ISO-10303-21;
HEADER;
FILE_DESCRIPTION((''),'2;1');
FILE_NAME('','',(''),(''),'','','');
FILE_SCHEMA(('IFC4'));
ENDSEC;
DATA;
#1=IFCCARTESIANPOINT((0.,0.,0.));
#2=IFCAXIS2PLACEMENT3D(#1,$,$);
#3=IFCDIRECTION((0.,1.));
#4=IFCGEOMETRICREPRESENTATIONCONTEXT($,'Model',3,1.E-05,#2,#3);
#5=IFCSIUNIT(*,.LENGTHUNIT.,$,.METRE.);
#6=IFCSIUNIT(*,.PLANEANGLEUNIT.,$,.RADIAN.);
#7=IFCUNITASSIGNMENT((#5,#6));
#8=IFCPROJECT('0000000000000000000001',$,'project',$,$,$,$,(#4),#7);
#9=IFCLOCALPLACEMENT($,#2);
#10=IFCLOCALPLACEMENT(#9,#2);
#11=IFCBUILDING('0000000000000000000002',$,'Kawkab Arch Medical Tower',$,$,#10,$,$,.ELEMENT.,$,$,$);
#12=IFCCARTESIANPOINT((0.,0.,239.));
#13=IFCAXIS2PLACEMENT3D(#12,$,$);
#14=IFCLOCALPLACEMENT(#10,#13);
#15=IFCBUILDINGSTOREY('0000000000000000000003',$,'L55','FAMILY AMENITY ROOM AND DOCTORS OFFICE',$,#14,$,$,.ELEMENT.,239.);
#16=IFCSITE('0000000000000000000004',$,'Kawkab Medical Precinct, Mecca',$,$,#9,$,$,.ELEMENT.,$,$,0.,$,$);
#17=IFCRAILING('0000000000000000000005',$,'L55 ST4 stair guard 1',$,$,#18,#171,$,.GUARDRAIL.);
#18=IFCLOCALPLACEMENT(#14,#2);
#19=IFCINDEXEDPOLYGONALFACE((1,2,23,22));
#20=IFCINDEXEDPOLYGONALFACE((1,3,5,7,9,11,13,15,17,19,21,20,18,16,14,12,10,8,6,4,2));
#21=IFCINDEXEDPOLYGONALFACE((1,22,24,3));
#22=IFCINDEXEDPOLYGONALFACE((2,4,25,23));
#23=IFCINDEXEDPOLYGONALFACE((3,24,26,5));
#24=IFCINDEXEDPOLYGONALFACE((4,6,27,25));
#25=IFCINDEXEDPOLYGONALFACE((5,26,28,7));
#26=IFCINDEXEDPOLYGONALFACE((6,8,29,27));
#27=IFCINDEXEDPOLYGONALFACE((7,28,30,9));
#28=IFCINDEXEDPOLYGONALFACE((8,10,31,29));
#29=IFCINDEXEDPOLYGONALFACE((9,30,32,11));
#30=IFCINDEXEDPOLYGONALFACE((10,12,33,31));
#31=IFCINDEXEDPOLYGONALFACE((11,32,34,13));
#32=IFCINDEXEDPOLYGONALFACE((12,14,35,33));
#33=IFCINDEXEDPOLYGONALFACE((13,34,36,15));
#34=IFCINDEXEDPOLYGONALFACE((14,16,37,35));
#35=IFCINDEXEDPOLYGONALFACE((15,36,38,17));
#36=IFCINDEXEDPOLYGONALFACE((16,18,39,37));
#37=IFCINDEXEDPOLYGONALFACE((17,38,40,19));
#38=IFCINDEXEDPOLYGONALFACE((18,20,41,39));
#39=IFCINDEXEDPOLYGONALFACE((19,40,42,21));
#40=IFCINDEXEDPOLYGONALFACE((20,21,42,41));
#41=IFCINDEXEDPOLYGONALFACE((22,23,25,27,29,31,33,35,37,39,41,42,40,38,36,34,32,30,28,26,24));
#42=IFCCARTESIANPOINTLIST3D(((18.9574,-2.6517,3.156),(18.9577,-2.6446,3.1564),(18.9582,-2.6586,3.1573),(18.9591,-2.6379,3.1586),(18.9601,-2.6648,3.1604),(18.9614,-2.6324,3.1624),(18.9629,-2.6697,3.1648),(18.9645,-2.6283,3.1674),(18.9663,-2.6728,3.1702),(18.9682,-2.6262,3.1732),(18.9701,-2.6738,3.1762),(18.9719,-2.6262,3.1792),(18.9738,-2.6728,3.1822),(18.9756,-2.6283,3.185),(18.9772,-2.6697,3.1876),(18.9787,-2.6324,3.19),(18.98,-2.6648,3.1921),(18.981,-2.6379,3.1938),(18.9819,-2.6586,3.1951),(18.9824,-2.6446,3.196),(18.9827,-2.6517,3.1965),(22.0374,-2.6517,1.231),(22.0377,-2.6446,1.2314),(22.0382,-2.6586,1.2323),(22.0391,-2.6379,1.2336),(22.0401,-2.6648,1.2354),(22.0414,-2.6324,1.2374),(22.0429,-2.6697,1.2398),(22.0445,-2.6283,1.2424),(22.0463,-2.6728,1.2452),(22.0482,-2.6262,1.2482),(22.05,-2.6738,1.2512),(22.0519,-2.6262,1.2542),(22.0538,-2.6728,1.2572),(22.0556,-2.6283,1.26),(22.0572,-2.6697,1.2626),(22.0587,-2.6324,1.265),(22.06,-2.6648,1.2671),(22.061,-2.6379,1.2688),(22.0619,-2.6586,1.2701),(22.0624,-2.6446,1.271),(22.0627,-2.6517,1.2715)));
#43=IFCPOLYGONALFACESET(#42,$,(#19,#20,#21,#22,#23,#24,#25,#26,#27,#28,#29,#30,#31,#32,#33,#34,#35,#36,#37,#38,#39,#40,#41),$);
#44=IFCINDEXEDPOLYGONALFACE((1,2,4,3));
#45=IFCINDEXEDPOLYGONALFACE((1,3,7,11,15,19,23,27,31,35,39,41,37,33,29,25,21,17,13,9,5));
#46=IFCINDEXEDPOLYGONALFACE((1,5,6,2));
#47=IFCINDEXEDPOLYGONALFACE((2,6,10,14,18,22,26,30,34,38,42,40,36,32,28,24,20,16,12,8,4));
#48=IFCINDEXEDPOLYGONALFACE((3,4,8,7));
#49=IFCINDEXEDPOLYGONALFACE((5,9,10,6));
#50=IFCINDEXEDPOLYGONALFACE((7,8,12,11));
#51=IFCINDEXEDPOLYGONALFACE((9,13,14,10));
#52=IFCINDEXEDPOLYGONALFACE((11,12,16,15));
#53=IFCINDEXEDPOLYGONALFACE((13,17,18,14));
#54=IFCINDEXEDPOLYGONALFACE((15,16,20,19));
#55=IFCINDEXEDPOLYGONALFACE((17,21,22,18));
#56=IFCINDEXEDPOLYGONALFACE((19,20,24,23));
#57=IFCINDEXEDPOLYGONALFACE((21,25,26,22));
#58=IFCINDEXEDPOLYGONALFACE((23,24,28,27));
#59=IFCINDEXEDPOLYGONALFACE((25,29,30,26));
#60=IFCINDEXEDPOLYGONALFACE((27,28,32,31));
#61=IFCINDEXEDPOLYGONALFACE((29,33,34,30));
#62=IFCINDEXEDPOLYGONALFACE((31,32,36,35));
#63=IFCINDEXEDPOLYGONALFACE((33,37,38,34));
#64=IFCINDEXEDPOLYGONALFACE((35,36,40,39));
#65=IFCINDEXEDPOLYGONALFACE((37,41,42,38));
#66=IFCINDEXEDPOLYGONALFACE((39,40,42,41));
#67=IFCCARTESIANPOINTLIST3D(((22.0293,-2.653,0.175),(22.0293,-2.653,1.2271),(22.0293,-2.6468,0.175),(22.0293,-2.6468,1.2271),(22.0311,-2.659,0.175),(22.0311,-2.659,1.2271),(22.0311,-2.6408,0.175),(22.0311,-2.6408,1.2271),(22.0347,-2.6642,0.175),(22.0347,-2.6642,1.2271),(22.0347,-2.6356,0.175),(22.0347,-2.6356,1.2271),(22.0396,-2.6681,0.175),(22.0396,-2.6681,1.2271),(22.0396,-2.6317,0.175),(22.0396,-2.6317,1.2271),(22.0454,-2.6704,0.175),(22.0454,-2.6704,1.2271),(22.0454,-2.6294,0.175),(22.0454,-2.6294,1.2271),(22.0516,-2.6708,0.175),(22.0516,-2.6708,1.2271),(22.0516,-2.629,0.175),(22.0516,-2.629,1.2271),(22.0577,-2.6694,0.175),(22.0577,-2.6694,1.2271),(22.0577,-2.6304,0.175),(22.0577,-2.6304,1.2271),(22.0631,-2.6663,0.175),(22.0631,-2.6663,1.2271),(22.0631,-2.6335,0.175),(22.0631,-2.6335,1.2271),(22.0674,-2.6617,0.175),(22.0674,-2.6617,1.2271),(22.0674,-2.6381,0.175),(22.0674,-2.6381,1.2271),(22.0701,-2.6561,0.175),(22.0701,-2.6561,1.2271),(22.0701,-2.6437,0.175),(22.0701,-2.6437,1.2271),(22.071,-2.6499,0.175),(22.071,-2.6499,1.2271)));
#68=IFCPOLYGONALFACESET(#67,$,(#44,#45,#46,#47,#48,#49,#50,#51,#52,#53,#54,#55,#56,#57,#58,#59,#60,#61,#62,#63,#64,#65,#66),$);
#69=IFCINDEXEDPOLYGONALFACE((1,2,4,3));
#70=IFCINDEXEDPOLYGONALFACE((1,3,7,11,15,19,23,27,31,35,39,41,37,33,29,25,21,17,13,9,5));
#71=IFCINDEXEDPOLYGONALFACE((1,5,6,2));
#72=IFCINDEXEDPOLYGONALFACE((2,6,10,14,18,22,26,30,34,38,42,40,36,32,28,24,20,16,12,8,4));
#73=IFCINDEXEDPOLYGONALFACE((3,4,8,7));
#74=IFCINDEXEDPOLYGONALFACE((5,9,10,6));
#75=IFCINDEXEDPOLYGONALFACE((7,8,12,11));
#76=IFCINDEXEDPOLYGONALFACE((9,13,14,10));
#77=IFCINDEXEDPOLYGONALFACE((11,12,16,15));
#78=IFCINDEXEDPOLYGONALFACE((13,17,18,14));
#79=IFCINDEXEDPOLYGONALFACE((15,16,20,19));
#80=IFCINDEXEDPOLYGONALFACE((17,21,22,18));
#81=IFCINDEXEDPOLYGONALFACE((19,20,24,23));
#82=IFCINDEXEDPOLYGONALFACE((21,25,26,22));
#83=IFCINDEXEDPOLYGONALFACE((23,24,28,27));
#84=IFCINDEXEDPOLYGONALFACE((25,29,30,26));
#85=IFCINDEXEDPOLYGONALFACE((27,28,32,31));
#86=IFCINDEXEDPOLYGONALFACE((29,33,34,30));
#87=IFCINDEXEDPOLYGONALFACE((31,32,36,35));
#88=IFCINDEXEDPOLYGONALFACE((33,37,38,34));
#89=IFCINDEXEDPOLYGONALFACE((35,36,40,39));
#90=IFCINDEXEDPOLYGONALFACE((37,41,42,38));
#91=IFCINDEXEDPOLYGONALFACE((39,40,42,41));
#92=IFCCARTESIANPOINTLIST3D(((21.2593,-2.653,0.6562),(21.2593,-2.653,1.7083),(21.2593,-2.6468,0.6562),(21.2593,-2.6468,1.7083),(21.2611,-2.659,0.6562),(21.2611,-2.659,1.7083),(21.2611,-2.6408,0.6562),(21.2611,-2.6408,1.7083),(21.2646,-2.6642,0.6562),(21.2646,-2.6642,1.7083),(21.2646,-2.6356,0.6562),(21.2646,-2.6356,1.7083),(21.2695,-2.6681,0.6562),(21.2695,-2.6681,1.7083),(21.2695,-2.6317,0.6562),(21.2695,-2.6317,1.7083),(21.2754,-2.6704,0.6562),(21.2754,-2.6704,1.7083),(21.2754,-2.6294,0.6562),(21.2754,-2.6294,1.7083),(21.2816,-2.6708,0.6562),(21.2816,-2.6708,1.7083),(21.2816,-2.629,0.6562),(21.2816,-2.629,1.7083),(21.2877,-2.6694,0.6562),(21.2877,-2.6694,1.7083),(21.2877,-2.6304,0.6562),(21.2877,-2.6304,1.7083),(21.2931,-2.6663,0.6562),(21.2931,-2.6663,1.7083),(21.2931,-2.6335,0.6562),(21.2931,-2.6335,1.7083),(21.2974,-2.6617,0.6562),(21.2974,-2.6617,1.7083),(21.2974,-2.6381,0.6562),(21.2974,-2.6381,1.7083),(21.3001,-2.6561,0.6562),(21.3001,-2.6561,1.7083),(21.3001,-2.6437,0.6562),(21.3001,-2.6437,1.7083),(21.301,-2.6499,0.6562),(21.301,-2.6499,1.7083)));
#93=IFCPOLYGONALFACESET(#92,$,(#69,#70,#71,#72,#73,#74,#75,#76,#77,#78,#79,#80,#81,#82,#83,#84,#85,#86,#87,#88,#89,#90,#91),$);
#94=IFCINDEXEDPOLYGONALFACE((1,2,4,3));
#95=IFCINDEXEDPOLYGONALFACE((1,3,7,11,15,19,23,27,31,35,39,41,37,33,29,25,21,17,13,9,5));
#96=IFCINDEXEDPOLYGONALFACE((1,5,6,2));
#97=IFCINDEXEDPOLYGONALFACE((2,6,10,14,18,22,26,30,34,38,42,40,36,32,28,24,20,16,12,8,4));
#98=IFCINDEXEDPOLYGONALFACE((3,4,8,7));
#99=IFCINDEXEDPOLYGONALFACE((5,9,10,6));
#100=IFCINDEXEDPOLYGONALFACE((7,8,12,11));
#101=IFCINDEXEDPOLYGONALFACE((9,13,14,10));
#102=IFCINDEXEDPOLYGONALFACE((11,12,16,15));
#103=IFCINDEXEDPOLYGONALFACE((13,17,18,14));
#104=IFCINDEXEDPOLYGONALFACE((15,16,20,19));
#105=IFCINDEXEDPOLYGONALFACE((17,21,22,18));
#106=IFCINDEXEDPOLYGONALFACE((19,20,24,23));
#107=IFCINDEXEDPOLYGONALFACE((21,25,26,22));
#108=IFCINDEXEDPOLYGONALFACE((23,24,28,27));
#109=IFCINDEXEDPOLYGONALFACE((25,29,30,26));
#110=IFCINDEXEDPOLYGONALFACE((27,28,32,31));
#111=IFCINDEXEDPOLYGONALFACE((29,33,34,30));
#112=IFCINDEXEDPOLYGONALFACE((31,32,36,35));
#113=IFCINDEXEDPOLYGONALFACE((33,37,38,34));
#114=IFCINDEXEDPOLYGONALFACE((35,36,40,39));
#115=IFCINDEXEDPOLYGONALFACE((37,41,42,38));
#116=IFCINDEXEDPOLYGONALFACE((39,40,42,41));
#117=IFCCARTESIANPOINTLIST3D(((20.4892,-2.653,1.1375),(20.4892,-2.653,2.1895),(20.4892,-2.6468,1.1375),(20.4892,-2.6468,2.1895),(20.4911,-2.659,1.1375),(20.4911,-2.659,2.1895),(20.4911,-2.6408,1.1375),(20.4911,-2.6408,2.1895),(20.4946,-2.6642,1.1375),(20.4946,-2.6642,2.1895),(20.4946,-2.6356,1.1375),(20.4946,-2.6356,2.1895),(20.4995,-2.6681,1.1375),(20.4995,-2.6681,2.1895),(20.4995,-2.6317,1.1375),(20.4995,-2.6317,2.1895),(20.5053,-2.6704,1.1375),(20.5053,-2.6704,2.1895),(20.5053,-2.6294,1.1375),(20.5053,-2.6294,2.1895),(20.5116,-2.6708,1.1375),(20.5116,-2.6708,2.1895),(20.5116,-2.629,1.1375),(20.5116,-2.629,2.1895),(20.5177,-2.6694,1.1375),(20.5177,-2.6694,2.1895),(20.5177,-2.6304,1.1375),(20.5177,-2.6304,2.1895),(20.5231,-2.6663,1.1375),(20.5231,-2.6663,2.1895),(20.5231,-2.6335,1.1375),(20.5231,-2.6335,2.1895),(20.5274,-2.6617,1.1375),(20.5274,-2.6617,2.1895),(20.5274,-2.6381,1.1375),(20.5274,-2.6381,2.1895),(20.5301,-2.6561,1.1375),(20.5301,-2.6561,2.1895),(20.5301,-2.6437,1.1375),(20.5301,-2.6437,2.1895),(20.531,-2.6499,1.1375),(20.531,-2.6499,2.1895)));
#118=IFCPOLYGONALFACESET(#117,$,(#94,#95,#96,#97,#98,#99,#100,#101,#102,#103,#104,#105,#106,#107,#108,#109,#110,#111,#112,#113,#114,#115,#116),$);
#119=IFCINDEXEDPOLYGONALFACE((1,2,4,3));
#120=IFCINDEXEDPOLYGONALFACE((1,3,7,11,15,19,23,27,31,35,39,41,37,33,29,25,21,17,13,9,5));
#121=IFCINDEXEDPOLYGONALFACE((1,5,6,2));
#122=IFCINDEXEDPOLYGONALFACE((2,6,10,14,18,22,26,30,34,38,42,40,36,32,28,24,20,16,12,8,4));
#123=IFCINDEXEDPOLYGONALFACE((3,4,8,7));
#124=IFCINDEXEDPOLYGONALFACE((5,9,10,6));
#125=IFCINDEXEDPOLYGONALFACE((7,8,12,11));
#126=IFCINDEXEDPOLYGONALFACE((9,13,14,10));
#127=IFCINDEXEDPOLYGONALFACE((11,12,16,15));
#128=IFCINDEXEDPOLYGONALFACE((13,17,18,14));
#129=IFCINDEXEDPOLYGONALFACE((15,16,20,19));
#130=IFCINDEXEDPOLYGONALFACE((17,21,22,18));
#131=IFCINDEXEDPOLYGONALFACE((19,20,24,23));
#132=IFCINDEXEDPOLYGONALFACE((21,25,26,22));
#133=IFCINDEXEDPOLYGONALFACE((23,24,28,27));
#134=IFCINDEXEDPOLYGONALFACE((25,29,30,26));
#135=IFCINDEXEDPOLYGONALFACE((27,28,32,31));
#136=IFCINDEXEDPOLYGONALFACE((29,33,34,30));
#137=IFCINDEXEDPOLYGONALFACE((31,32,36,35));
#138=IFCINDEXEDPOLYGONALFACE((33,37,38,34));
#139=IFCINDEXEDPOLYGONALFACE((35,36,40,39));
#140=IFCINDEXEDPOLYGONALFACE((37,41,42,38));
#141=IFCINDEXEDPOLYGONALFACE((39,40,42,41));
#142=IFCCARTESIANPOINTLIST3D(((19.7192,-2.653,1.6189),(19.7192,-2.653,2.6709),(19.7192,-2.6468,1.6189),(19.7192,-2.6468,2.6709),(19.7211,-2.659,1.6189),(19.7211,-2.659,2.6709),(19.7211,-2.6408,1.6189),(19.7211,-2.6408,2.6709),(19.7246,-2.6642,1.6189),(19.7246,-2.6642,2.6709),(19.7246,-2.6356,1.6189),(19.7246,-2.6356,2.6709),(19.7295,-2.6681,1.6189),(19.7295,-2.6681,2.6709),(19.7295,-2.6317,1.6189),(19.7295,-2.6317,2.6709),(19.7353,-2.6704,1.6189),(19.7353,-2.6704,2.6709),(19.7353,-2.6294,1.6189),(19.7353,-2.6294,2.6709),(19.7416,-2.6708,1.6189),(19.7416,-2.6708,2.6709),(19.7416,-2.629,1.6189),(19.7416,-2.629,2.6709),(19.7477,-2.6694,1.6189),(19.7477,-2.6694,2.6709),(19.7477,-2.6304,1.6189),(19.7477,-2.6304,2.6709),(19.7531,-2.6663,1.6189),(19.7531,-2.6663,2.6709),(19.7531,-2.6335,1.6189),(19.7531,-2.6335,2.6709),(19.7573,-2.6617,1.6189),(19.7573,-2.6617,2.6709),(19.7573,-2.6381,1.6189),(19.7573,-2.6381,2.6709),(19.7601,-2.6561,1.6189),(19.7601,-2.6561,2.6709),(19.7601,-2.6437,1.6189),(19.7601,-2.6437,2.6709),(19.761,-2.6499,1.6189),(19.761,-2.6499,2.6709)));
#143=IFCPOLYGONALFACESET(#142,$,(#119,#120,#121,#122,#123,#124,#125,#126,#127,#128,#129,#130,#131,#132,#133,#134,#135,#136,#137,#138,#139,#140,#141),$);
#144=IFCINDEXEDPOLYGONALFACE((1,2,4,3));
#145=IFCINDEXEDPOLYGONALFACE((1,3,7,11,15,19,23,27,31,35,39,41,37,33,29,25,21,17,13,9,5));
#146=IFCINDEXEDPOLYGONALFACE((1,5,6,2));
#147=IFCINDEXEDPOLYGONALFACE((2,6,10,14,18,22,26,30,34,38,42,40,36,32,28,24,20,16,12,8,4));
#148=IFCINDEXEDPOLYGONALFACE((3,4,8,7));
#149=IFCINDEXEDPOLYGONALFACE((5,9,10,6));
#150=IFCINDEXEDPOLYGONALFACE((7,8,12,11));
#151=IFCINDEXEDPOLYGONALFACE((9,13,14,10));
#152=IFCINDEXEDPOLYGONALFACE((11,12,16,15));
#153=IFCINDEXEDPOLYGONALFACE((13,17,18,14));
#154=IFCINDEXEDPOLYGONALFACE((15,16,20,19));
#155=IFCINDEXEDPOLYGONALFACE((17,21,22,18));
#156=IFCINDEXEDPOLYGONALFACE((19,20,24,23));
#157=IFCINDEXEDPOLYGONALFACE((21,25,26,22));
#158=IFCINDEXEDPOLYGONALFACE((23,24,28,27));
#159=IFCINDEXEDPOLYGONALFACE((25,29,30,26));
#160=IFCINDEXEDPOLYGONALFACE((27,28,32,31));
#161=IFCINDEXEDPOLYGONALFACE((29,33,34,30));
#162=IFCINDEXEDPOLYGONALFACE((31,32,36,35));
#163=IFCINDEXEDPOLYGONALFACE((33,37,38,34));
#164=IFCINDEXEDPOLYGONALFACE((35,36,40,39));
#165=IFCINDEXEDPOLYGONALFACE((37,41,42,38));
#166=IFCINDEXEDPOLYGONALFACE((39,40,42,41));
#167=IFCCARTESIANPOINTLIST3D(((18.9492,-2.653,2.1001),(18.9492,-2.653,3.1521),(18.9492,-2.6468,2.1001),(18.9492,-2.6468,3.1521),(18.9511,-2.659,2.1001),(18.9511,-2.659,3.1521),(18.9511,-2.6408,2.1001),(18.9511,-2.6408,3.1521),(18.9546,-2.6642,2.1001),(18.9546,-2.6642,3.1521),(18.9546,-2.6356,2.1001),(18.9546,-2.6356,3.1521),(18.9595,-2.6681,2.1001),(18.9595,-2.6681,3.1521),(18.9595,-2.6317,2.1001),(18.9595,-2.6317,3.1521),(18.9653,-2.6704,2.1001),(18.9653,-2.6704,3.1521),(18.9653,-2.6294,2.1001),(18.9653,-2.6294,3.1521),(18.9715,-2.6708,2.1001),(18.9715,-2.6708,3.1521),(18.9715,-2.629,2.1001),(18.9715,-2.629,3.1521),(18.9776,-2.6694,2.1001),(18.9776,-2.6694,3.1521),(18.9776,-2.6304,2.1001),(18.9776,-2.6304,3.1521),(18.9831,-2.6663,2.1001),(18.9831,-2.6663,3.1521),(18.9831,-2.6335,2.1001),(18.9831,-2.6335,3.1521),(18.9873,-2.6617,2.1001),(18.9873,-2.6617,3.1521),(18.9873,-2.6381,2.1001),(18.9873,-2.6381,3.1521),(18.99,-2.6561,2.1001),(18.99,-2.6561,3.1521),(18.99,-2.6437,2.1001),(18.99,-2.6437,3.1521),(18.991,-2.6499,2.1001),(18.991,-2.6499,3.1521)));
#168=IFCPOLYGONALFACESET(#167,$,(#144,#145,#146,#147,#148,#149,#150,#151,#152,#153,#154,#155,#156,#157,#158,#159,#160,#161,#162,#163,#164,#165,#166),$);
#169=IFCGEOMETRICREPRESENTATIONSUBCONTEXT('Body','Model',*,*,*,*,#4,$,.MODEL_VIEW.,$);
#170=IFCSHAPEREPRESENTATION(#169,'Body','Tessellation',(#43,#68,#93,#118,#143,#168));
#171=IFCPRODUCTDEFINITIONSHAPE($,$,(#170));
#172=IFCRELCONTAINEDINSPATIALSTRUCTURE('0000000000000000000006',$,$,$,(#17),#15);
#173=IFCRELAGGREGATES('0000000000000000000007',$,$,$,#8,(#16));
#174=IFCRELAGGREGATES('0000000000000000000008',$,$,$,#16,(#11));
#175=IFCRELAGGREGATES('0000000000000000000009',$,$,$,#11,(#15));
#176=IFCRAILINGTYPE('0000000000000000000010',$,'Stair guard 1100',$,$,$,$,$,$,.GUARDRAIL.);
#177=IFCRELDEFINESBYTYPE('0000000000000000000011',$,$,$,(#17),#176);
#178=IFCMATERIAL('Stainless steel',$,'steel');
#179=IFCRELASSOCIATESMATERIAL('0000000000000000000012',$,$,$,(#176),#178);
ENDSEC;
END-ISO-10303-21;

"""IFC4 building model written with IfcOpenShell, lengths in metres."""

from ifc_helpers import new_model, si_unit, direction, frame, origin, origin_2d, place, context, subcontext, project, spatial, circle, extrude, material, type_object, element, save


model = new_model("IFC4")

# Units and contexts
model_context = context("Model", 3, precision=1e-05, world=origin(), true_north=direction((0.0, 1.0)))
body_context = subcontext(model_context, "Body", "Model", "MODEL_VIEW")
ifc_project = project(units=[si_unit("LENGTHUNIT", "METRE"), si_unit("PLANEANGLEUNIT", "RADIAN")], contexts=[model_context])

# Site, building, storey
site_placement = place(None, origin())
site = spatial("IfcSite", under=ifc_project, at=site_placement, Name="Kawkab Medical Precinct, Mecca", CompositionType="ELEMENT", RefElevation=0.0)
building_placement = place(site_placement, origin())
building = spatial("IfcBuilding", under=site, at=building_placement, Name="Kawkab Arch Medical Tower", CompositionType="ELEMENT")
storey_placement = place(building_placement, frame((0.0, 0.0, 239.0)))
storey = spatial("IfcBuildingStorey", under=building, at=storey_placement, Name="L55", Description="FAMILY AMENITY ROOM AND DOCTORS OFFICE", CompositionType="ELEMENT", Elevation=239.0)

# Railing
ifc_material_1 = material(Name="Stainless steel", Category="steel")
railing_type = type_object("IfcRailingType", Name="Stair guard 1100", PredefinedType="GUARDRAIL", material=ifc_material_1)
railing_1_placement = place(storey_placement, frame((22.05, -2.6499, 0.175)))
element("IfcRailing", 1, at=railing_1_placement, inside=storey, type_object=railing_type, Name="L55 ST4 stair guard 1", PredefinedType="GUARDRAIL", context=body_context, shape_type="SweptSolid", body=[
    extrude(circle(Radius=0.0239, at=origin_2d()), frame((0.0, 0.0, 1.0762), z_axis=(-0.847998, 0.0, 0.529999), x_axis=(0.0, -1.0, 0.0)), (0.0, 0.0, 1.0), 3.6321),
    extrude(circle(Radius=0.021, at=origin_2d()), origin(), (0.0, 0.0, 1.0), 1.052),
    extrude(circle(Radius=0.021, at=origin_2d()), frame((-0.77, 0.0, 0.4812)), (0.0, 0.0, 1.0), 1.052),
    extrude(circle(Radius=0.021, at=origin_2d()), frame((-1.54, 0.0, 0.9624)), (0.0, 0.0, 1.0), 1.052),
    extrude(circle(Radius=0.021, at=origin_2d()), frame((-2.3101, 0.0, 1.4438)), (0.0, 0.0, 1.0), 1.052),
    extrude(circle(Radius=0.021, at=origin_2d()), frame((-3.0801, 0.0, 1.925)), (0.0, 0.0, 1.0), 1.052),
])

save(model, "model.ifc")
